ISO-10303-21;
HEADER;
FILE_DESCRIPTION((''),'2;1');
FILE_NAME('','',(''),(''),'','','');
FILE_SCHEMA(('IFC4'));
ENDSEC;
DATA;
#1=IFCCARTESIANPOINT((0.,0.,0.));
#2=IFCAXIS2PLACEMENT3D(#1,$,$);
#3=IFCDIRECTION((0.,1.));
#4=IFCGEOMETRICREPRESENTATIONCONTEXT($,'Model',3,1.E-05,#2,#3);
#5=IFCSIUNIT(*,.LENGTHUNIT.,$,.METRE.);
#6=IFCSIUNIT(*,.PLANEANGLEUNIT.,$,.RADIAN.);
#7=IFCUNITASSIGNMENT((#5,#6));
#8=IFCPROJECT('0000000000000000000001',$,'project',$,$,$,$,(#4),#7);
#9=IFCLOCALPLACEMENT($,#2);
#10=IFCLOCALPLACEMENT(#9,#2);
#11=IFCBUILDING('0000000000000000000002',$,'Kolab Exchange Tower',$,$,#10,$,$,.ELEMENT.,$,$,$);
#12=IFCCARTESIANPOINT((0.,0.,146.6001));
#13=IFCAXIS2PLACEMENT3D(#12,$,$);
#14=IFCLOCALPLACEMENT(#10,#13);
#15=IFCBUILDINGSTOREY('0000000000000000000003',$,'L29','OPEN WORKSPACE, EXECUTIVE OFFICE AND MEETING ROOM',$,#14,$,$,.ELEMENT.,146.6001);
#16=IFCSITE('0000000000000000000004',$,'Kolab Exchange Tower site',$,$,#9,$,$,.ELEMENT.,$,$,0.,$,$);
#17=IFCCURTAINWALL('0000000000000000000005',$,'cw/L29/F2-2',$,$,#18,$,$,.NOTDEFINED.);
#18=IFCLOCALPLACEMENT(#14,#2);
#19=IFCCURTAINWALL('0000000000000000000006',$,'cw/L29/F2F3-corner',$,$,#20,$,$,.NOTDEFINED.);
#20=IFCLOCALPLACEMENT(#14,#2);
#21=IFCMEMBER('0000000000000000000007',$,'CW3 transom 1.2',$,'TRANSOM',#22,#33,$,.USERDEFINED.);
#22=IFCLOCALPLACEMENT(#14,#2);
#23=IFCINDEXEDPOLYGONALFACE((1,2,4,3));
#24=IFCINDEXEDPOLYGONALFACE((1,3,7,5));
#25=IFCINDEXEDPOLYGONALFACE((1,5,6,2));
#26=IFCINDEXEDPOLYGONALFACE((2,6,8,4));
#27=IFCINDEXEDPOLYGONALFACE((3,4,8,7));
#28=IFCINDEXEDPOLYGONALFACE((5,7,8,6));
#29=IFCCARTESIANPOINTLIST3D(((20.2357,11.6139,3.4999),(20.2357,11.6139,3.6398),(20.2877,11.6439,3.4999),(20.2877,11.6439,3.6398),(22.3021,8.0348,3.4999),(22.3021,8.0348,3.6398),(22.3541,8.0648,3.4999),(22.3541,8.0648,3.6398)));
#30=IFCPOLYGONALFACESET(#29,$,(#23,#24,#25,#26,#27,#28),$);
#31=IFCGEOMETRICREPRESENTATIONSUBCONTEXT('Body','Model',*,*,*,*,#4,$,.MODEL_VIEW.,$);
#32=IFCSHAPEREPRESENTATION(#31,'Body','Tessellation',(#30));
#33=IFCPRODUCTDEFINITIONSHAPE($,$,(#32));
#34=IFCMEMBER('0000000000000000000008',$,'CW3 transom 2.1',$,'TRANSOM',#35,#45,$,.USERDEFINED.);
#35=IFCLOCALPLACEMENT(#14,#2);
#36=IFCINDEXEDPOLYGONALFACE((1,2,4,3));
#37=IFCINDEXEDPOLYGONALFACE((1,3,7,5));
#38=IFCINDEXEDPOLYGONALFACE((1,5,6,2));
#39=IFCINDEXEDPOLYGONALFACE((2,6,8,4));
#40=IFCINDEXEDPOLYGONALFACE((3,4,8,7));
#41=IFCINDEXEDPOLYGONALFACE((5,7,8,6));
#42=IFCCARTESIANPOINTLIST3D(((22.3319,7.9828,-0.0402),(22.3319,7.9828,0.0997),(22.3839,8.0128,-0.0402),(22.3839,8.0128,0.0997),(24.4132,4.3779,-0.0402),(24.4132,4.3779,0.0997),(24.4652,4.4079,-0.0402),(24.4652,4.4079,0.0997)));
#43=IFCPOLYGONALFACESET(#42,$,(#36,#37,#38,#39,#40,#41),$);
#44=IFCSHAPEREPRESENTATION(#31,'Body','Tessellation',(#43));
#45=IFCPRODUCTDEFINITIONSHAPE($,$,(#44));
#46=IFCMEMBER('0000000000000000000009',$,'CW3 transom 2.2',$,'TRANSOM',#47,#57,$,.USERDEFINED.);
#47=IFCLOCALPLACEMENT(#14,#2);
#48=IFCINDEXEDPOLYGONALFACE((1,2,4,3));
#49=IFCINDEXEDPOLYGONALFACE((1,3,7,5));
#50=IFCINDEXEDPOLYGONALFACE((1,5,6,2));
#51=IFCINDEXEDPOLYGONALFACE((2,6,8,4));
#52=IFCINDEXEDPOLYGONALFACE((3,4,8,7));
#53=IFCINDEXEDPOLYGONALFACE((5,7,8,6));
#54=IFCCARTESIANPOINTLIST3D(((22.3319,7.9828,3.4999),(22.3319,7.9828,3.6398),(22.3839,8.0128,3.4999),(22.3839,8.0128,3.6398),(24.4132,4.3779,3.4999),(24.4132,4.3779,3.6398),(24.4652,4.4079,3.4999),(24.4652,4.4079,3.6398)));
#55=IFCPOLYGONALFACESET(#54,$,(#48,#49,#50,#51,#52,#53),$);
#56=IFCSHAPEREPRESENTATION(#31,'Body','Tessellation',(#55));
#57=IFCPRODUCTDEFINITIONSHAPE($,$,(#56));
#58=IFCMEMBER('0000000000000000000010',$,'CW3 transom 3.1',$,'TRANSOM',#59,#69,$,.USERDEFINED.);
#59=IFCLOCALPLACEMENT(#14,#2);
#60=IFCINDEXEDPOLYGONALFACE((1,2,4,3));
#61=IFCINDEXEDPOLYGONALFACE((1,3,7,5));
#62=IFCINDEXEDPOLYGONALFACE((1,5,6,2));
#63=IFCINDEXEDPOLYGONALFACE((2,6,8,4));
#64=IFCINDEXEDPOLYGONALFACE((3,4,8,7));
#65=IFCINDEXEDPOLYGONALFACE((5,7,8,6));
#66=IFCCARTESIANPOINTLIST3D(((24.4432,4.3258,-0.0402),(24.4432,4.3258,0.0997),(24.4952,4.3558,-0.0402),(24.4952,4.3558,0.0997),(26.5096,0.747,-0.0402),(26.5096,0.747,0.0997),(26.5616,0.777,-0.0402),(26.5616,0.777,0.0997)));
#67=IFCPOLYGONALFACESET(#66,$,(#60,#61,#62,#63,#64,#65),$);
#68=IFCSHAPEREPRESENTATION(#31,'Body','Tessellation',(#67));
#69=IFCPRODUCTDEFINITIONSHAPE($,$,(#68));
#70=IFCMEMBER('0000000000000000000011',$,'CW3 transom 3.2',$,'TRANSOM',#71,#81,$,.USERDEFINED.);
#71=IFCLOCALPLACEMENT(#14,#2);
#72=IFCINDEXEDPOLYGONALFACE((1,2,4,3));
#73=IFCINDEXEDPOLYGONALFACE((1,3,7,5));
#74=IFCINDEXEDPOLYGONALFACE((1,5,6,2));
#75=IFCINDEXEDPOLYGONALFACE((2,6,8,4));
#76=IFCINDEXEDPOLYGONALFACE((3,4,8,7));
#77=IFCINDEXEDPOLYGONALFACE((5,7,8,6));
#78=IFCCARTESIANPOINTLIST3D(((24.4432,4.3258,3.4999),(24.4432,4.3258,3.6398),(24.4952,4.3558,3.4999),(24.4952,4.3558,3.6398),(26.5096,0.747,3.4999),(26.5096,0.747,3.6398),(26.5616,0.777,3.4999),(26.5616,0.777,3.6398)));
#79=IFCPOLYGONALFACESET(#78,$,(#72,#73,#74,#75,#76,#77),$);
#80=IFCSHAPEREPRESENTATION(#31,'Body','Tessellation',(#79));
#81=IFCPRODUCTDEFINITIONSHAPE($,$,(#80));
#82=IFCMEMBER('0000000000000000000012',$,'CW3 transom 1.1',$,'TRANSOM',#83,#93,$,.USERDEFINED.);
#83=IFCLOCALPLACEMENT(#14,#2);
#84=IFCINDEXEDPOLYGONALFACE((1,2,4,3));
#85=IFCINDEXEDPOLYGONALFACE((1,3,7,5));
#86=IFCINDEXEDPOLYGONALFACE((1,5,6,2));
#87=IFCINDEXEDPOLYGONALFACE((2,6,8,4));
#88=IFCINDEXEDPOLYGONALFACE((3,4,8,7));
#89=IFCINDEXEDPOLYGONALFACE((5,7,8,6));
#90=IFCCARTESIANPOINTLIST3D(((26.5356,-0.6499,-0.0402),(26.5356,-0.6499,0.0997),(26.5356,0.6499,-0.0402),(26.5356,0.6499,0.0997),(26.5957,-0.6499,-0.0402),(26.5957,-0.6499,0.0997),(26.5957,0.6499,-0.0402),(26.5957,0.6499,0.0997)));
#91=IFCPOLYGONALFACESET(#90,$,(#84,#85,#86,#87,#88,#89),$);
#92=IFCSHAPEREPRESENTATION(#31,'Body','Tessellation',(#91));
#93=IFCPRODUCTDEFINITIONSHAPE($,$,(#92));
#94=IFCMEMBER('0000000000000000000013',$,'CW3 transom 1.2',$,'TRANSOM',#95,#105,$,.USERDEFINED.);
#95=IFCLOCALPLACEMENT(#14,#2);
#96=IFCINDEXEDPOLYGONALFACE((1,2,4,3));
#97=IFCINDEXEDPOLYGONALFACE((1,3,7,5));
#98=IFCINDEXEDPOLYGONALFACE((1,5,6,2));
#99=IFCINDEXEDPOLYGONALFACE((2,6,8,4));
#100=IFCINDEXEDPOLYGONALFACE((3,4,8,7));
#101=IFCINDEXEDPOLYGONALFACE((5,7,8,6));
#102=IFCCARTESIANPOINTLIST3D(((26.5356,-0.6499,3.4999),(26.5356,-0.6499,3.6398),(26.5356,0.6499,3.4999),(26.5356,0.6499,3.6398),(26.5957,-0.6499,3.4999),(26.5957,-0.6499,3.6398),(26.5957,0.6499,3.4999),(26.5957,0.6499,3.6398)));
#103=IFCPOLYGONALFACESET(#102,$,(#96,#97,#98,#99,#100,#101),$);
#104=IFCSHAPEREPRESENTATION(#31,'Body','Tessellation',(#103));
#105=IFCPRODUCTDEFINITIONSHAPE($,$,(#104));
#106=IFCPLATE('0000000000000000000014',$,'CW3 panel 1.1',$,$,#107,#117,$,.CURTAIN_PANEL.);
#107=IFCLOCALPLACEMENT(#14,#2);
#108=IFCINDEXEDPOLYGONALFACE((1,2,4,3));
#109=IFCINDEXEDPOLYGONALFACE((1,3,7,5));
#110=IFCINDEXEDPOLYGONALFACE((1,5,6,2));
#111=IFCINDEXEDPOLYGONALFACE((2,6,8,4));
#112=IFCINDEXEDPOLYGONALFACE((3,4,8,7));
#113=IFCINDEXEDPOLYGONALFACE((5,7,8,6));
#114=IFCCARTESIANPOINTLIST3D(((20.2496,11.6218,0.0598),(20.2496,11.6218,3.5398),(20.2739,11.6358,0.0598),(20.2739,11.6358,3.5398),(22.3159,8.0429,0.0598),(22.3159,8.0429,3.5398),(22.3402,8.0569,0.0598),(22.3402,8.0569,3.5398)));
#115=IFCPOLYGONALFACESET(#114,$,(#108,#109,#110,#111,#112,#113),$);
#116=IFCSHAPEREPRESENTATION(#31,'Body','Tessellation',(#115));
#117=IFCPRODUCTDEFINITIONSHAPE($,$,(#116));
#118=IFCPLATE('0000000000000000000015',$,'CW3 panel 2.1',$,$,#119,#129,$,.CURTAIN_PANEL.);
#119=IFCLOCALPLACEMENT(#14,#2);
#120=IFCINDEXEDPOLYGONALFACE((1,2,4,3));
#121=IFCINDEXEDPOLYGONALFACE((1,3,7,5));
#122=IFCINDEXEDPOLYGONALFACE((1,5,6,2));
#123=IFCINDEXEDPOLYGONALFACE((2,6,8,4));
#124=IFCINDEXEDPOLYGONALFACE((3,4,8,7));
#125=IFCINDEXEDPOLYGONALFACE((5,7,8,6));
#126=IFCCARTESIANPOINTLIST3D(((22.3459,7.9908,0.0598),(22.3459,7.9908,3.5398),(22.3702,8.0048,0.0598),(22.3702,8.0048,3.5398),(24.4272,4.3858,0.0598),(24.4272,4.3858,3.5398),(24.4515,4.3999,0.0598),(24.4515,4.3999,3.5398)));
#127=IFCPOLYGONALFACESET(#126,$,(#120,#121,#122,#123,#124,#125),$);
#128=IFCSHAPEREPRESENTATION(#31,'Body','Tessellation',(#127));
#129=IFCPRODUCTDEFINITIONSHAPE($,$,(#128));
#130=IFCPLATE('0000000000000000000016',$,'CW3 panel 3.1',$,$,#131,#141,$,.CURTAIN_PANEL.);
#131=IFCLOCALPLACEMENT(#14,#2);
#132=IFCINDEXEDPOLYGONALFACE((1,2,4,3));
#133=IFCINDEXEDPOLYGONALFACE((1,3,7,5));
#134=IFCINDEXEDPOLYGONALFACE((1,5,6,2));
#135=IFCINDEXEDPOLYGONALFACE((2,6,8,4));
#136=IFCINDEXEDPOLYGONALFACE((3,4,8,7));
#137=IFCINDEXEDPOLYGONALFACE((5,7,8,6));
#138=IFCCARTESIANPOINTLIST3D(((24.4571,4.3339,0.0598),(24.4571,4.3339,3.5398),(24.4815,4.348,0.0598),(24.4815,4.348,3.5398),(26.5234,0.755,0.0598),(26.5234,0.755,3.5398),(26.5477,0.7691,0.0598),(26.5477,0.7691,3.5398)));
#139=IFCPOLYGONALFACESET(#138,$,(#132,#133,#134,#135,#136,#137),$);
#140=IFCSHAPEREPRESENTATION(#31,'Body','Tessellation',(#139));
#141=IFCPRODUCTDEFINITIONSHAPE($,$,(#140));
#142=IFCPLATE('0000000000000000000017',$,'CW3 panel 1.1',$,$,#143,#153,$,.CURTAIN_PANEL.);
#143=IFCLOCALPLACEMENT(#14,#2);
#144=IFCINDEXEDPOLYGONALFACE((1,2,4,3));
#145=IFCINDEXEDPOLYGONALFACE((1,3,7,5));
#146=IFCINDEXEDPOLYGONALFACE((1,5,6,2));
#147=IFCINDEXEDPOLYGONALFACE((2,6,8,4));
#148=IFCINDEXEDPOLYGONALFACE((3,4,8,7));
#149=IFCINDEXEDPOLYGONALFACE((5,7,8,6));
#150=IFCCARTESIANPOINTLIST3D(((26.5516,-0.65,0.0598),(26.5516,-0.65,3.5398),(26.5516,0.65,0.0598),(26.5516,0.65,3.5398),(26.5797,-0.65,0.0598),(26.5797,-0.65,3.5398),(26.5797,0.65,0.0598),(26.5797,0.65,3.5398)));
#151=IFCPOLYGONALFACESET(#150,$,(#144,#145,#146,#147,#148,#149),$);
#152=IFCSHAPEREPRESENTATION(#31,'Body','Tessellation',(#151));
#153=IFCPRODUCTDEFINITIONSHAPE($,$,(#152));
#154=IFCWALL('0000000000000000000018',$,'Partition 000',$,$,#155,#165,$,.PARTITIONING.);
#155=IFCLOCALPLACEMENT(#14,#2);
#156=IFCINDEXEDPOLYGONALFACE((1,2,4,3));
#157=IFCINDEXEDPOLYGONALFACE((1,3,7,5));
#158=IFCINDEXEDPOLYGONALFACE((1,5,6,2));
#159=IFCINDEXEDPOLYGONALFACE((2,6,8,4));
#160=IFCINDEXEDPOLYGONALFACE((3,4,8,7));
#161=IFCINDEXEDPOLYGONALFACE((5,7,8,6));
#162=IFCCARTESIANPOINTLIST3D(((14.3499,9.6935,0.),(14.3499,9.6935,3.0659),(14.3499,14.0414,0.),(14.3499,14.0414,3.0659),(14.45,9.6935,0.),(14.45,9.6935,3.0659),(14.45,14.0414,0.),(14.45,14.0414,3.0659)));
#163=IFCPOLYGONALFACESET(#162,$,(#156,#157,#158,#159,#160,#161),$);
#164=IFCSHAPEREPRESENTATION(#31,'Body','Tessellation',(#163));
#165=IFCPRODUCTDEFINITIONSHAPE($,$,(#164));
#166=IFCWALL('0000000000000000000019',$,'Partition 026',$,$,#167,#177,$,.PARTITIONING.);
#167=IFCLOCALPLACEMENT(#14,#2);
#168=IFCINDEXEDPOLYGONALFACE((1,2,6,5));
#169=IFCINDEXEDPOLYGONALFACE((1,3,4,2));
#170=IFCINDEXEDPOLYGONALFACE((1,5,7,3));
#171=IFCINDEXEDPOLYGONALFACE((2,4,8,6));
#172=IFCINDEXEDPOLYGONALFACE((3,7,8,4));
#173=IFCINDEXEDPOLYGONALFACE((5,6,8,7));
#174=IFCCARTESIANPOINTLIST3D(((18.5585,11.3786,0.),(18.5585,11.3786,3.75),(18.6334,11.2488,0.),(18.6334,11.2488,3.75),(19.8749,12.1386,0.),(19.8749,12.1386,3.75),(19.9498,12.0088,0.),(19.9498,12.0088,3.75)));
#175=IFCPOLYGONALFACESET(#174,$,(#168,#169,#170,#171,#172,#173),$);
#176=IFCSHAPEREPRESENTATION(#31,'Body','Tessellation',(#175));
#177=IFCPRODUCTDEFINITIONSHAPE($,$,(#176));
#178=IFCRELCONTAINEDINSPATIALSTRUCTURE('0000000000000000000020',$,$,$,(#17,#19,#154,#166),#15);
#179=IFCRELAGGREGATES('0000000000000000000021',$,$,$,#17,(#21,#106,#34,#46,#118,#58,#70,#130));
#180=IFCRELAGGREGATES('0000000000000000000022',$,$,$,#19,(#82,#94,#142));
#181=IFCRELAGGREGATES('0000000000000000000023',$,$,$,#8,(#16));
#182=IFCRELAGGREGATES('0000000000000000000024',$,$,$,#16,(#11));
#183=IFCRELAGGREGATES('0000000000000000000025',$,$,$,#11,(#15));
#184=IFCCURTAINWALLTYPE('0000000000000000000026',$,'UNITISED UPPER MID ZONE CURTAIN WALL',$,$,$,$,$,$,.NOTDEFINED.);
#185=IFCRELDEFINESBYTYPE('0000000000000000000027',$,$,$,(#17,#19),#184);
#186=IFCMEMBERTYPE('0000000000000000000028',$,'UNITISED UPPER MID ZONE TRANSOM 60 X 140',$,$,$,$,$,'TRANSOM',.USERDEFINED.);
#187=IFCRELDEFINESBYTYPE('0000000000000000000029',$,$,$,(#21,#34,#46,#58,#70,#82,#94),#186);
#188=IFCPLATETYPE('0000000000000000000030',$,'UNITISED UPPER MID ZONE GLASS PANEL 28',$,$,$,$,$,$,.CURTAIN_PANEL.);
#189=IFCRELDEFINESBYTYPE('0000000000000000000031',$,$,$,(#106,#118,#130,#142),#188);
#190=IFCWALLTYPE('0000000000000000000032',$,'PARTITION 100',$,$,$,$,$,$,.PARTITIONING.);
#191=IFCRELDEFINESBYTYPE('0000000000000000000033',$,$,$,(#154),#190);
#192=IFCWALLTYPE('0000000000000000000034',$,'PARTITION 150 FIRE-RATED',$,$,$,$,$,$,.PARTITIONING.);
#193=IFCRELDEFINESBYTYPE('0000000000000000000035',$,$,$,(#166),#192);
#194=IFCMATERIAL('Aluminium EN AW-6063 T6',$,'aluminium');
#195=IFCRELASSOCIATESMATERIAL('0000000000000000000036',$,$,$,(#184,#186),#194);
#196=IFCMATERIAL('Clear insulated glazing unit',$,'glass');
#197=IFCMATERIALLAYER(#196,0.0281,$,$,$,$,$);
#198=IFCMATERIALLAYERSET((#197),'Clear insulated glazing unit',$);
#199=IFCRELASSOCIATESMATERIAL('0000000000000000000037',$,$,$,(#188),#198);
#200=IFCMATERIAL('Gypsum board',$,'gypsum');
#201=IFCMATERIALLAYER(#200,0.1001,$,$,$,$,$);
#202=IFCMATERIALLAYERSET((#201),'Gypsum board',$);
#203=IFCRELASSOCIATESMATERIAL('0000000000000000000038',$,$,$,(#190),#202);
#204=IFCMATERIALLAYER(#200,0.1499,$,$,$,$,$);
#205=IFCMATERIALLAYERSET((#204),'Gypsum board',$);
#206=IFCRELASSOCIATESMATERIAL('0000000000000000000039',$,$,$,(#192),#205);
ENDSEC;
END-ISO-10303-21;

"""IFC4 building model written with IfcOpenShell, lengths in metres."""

from ifc_helpers import new_model, si_unit, direction, frame, frame_2d, origin, origin_2d, place, context, subcontext, project, spatial, rectangle, extrude, material, layer, layer_set, material_profile, profile_set, type_object, element, aggregate, save


model = new_model("IFC4")

# Units and contexts
model_context = context("Model", 3, precision=1e-05, world=origin(), true_north=direction((0.0, 1.0)))
body_context = subcontext(model_context, "Body", "Model", "MODEL_VIEW")
ifc_project = project(units=[si_unit("LENGTHUNIT", "METRE"), si_unit("PLANEANGLEUNIT", "RADIAN")], contexts=[model_context])

# Site, building, storey
site_placement = place(None, origin())
site = spatial("IfcSite", under=ifc_project, at=site_placement, Name="Kolab Exchange Tower site", CompositionType="ELEMENT", RefElevation=0.0)
building_placement = place(site_placement, origin())
building = spatial("IfcBuilding", under=site, at=building_placement, Name="Kolab Exchange Tower", CompositionType="ELEMENT")
storey_placement = place(building_placement, frame((0.0, 0.0, 146.6001)))
storey = spatial("IfcBuildingStorey", under=building, at=storey_placement, Name="L29", Description="OPEN WORKSPACE, EXECUTIVE OFFICE AND MEETING ROOM", CompositionType="ELEMENT", Elevation=146.6001)

# Curtain wall
ifc_material_1 = material(Name="Aluminium EN AW-6063 T6", Category="aluminium")
curtain_wall_type = type_object("IfcCurtainWallType", Name="UNITISED UPPER MID ZONE CURTAIN WALL", PredefinedType="NOTDEFINED", material=ifc_material_1)
curtain_wall_1_placement = place(storey_placement, origin())
curtain_wall_1 = element("IfcCurtainWall", 1, at=curtain_wall_1_placement, inside=storey, type_object=curtain_wall_type, Name="cw/L29/F2-2", PredefinedType="NOTDEFINED")

# Curtain wall
curtain_wall_2_placement = place(storey_placement, origin())
curtain_wall_2 = element("IfcCurtainWall", 2, at=curtain_wall_2_placement, inside=storey, type_object=curtain_wall_type, Name="cw/L29/F2F3-corner", PredefinedType="NOTDEFINED")

# Members
ifc_material_profile_1 = material_profile(ifc_material_1, rectangle(XDim=0.0601, YDim=0.1399, at=origin_2d()), Name="RECT 60X140")
ifc_profile_set_1 = profile_set([ifc_material_profile_1], Name="Aluminium EN AW-6063 T6")
member_type_1 = type_object("IfcMemberType", Name="UNITISED UPPER MID ZONE TRANSOM 60 X 140", ElementType="TRANSOM", PredefinedType="USERDEFINED", material=ifc_profile_set_1)
member_1_placement = place(storey_placement, frame((20.2617, 11.6289, 3.5698), z_axis=(0.500002, -0.866024, 0.0), x_axis=(0.866024, 0.500002, 0.0)))
member_1 = element("IfcMember", 3, at=member_1_placement, type_object=member_type_1, Name="CW3 transom 1.2", ObjectType="TRANSOM", PredefinedType="USERDEFINED", context=body_context, shape_type="SweptSolid", body=[
    extrude(rectangle(XDim=0.0601, YDim=0.1399, at=origin_2d()), origin(), (0.0, 0.0, 1.0), 4.1328),
])
member_2_placement = place(storey_placement, frame((22.3579, 7.9978, 0.0298), z_axis=(0.499993, -0.866029, 0.0), x_axis=(0.866029, 0.499993, 0.0)))
member_2 = element("IfcMember", 4, at=member_2_placement, type_object=member_type_1, Name="CW3 transom 2.1", ObjectType="TRANSOM", PredefinedType="USERDEFINED", context=body_context, shape_type="SweptSolid", body=[
    extrude(rectangle(XDim=0.0601, YDim=0.1399, at=origin_2d()), origin(), (0.0, 0.0, 1.0), 4.1626),
])
member_3_placement = place(storey_placement, frame((22.3579, 7.9978, 3.5698), z_axis=(0.499993, -0.866029, 0.0), x_axis=(0.866029, 0.499993, 0.0)))
member_3 = element("IfcMember", 5, at=member_3_placement, type_object=member_type_1, Name="CW3 transom 2.2", ObjectType="TRANSOM", PredefinedType="USERDEFINED", context=body_context, shape_type="SweptSolid", body=[
    extrude(rectangle(XDim=0.0601, YDim=0.1399, at=origin_2d()), origin(), (0.0, 0.0, 1.0), 4.1626),
])
member_4_placement = place(storey_placement, frame((24.4692, 4.3408, 0.0298), z_axis=(0.500028, -0.866009, 0.0), x_axis=(0.866009, 0.500028, 0.0)))
member_4 = element("IfcMember", 6, at=member_4_placement, type_object=member_type_1, Name="CW3 transom 3.1", ObjectType="TRANSOM", PredefinedType="USERDEFINED", context=body_context, shape_type="SweptSolid", body=[
    extrude(rectangle(XDim=0.0601, YDim=0.1399, at=origin_2d()), origin(), (0.0, 0.0, 1.0), 4.1326),
])
member_5_placement = place(storey_placement, frame((24.4692, 4.3408, 3.5698), z_axis=(0.500028, -0.866009, 0.0), x_axis=(0.866009, 0.500028, 0.0)))
member_5 = element("IfcMember", 7, at=member_5_placement, type_object=member_type_1, Name="CW3 transom 3.2", ObjectType="TRANSOM", PredefinedType="USERDEFINED", context=body_context, shape_type="SweptSolid", body=[
    extrude(rectangle(XDim=0.0601, YDim=0.1399, at=origin_2d()), origin(), (0.0, 0.0, 1.0), 4.1326),
])
member_6_placement = place(storey_placement, frame((26.5657, 0.6499, 0.0298), z_axis=(0.0, -1.0, 0.0), x_axis=(1.0, 0.0, 0.0)))
member_6 = element("IfcMember", 8, at=member_6_placement, type_object=member_type_1, Name="CW3 transom 1.1", ObjectType="TRANSOM", PredefinedType="USERDEFINED", context=body_context, shape_type="SweptSolid", body=[
    extrude(rectangle(XDim=0.0601, YDim=0.1399, at=origin_2d()), origin(), (0.0, 0.0, 1.0), 1.2998),
])
member_7_placement = place(storey_placement, frame((26.5657, 0.6499, 3.5698), z_axis=(0.0, -1.0, 0.0), x_axis=(1.0, 0.0, 0.0)))
member_7 = element("IfcMember", 9, at=member_7_placement, type_object=member_type_1, Name="CW3 transom 1.2", ObjectType="TRANSOM", PredefinedType="USERDEFINED", context=body_context, shape_type="SweptSolid", body=[
    extrude(rectangle(XDim=0.0601, YDim=0.1399, at=origin_2d()), origin(), (0.0, 0.0, 1.0), 1.2998),
])

# Plates
ifc_material_2 = material(Name="Clear insulated glazing unit", Category="glass")
ifc_layer_1 = layer(ifc_material_2, 0.0281)
ifc_layer_set_1 = layer_set([ifc_layer_1], Name="Clear insulated glazing unit")
plate_type = type_object("IfcPlateType", Name="UNITISED UPPER MID ZONE GLASS PANEL 28", PredefinedType="CURTAIN_PANEL", material=ifc_layer_set_1)
plate_1_placement = place(storey_placement, frame((21.2949, 9.8394, 0.0598), z_axis=(0.0, 0.0, 1.0), x_axis=(0.5, -0.866025, 0.0)))
plate_1 = element("IfcPlate", 10, at=plate_1_placement, type_object=plate_type, Name="CW3 panel 1.1", PredefinedType="CURTAIN_PANEL", context=body_context, shape_type="SweptSolid", body=[
    extrude(rectangle(XDim=4.1326, YDim=0.0281, at=origin_2d()), origin(), (0.0, 0.0, 1.0), 3.48),
])
plate_2_placement = place(storey_placement, frame((23.3987, 6.1953, 0.0598), z_axis=(0.0, 0.0, 1.0), x_axis=(0.5, -0.866025, 0.0)))
plate_2 = element("IfcPlate", 11, at=plate_2_placement, type_object=plate_type, Name="CW3 panel 2.1", PredefinedType="CURTAIN_PANEL", context=body_context, shape_type="SweptSolid", body=[
    extrude(rectangle(XDim=4.1626, YDim=0.0281, at=origin_2d()), origin(), (0.0, 0.0, 1.0), 3.48),
])
plate_3_placement = place(storey_placement, frame((25.5024, 2.5515, 0.0598), z_axis=(0.0, 0.0, 1.0), x_axis=(0.5, -0.866025, 0.0)))
plate_3 = element("IfcPlate", 12, at=plate_3_placement, type_object=plate_type, Name="CW3 panel 3.1", PredefinedType="CURTAIN_PANEL", context=body_context, shape_type="SweptSolid", body=[
    extrude(rectangle(XDim=4.1326, YDim=0.0281, at=origin_2d()), origin(), (0.0, 0.0, 1.0), 3.48),
])
aggregate(curtain_wall_1, [member_1, plate_1, member_2, member_3, plate_2, member_4, member_5, plate_3])
plate_4_placement = place(storey_placement, frame((26.5657, 0.0, 0.0598), z_axis=(0.0, 0.0, 1.0), x_axis=(0.0, -1.0, 0.0)))
plate_4 = element("IfcPlate", 13, at=plate_4_placement, type_object=plate_type, Name="CW3 panel 1.1", PredefinedType="CURTAIN_PANEL", context=body_context, shape_type="SweptSolid", body=[
    extrude(rectangle(XDim=1.3, YDim=0.0281, at=origin_2d()), origin(), (0.0, 0.0, 1.0), 3.48),
])
aggregate(curtain_wall_2, [member_6, member_7, plate_4])

# Walls
ifc_material_3 = material(Name="Gypsum board", Category="gypsum")
ifc_layer_2 = layer(ifc_material_3, 0.1001)
ifc_layer_set_2 = layer_set([ifc_layer_2], Name="Gypsum board")
wall_type_1 = type_object("IfcWallType", Name="PARTITION 100", PredefinedType="PARTITIONING", material=ifc_layer_set_2)
wall_1_placement = place(storey_placement, frame((14.3999, 9.6936, 0.0), z_axis=(0.0, 0.0, 1.0), x_axis=(0.0, 1.0, 0.0)))
element("IfcWall", 14, at=wall_1_placement, inside=storey, type_object=wall_type_1, Name="Partition 000", PredefinedType="PARTITIONING", context=body_context, shape_type="SweptSolid", body=[
    extrude(rectangle(XDim=4.3479, YDim=0.1001, at=frame_2d((2.1738, 0.0))), origin(), (0.0, 0.0, 1.0), 3.0659),
])
ifc_layer_3 = layer(ifc_material_3, 0.1499)
ifc_layer_set_3 = layer_set([ifc_layer_3], Name="Gypsum board")
wall_type_2 = type_object("IfcWallType", Name="PARTITION 150 FIRE-RATED", PredefinedType="PARTITIONING", material=ifc_layer_set_3)
wall_2_placement = place(storey_placement, frame((18.5959, 11.3137, 0.0), z_axis=(0.0, 0.0, 1.0), x_axis=(0.86603, 0.499991, 0.0)))
element("IfcWall", 15, at=wall_2_placement, inside=storey, type_object=wall_type_2, Name="Partition 026", PredefinedType="PARTITIONING", context=body_context, shape_type="SweptSolid", body=[
    extrude(rectangle(XDim=1.52, YDim=0.1499, at=frame_2d((0.76, 0.0))), origin(), (0.0, 0.0, 1.0), 3.75),
])

save(model, "model.ifc")
